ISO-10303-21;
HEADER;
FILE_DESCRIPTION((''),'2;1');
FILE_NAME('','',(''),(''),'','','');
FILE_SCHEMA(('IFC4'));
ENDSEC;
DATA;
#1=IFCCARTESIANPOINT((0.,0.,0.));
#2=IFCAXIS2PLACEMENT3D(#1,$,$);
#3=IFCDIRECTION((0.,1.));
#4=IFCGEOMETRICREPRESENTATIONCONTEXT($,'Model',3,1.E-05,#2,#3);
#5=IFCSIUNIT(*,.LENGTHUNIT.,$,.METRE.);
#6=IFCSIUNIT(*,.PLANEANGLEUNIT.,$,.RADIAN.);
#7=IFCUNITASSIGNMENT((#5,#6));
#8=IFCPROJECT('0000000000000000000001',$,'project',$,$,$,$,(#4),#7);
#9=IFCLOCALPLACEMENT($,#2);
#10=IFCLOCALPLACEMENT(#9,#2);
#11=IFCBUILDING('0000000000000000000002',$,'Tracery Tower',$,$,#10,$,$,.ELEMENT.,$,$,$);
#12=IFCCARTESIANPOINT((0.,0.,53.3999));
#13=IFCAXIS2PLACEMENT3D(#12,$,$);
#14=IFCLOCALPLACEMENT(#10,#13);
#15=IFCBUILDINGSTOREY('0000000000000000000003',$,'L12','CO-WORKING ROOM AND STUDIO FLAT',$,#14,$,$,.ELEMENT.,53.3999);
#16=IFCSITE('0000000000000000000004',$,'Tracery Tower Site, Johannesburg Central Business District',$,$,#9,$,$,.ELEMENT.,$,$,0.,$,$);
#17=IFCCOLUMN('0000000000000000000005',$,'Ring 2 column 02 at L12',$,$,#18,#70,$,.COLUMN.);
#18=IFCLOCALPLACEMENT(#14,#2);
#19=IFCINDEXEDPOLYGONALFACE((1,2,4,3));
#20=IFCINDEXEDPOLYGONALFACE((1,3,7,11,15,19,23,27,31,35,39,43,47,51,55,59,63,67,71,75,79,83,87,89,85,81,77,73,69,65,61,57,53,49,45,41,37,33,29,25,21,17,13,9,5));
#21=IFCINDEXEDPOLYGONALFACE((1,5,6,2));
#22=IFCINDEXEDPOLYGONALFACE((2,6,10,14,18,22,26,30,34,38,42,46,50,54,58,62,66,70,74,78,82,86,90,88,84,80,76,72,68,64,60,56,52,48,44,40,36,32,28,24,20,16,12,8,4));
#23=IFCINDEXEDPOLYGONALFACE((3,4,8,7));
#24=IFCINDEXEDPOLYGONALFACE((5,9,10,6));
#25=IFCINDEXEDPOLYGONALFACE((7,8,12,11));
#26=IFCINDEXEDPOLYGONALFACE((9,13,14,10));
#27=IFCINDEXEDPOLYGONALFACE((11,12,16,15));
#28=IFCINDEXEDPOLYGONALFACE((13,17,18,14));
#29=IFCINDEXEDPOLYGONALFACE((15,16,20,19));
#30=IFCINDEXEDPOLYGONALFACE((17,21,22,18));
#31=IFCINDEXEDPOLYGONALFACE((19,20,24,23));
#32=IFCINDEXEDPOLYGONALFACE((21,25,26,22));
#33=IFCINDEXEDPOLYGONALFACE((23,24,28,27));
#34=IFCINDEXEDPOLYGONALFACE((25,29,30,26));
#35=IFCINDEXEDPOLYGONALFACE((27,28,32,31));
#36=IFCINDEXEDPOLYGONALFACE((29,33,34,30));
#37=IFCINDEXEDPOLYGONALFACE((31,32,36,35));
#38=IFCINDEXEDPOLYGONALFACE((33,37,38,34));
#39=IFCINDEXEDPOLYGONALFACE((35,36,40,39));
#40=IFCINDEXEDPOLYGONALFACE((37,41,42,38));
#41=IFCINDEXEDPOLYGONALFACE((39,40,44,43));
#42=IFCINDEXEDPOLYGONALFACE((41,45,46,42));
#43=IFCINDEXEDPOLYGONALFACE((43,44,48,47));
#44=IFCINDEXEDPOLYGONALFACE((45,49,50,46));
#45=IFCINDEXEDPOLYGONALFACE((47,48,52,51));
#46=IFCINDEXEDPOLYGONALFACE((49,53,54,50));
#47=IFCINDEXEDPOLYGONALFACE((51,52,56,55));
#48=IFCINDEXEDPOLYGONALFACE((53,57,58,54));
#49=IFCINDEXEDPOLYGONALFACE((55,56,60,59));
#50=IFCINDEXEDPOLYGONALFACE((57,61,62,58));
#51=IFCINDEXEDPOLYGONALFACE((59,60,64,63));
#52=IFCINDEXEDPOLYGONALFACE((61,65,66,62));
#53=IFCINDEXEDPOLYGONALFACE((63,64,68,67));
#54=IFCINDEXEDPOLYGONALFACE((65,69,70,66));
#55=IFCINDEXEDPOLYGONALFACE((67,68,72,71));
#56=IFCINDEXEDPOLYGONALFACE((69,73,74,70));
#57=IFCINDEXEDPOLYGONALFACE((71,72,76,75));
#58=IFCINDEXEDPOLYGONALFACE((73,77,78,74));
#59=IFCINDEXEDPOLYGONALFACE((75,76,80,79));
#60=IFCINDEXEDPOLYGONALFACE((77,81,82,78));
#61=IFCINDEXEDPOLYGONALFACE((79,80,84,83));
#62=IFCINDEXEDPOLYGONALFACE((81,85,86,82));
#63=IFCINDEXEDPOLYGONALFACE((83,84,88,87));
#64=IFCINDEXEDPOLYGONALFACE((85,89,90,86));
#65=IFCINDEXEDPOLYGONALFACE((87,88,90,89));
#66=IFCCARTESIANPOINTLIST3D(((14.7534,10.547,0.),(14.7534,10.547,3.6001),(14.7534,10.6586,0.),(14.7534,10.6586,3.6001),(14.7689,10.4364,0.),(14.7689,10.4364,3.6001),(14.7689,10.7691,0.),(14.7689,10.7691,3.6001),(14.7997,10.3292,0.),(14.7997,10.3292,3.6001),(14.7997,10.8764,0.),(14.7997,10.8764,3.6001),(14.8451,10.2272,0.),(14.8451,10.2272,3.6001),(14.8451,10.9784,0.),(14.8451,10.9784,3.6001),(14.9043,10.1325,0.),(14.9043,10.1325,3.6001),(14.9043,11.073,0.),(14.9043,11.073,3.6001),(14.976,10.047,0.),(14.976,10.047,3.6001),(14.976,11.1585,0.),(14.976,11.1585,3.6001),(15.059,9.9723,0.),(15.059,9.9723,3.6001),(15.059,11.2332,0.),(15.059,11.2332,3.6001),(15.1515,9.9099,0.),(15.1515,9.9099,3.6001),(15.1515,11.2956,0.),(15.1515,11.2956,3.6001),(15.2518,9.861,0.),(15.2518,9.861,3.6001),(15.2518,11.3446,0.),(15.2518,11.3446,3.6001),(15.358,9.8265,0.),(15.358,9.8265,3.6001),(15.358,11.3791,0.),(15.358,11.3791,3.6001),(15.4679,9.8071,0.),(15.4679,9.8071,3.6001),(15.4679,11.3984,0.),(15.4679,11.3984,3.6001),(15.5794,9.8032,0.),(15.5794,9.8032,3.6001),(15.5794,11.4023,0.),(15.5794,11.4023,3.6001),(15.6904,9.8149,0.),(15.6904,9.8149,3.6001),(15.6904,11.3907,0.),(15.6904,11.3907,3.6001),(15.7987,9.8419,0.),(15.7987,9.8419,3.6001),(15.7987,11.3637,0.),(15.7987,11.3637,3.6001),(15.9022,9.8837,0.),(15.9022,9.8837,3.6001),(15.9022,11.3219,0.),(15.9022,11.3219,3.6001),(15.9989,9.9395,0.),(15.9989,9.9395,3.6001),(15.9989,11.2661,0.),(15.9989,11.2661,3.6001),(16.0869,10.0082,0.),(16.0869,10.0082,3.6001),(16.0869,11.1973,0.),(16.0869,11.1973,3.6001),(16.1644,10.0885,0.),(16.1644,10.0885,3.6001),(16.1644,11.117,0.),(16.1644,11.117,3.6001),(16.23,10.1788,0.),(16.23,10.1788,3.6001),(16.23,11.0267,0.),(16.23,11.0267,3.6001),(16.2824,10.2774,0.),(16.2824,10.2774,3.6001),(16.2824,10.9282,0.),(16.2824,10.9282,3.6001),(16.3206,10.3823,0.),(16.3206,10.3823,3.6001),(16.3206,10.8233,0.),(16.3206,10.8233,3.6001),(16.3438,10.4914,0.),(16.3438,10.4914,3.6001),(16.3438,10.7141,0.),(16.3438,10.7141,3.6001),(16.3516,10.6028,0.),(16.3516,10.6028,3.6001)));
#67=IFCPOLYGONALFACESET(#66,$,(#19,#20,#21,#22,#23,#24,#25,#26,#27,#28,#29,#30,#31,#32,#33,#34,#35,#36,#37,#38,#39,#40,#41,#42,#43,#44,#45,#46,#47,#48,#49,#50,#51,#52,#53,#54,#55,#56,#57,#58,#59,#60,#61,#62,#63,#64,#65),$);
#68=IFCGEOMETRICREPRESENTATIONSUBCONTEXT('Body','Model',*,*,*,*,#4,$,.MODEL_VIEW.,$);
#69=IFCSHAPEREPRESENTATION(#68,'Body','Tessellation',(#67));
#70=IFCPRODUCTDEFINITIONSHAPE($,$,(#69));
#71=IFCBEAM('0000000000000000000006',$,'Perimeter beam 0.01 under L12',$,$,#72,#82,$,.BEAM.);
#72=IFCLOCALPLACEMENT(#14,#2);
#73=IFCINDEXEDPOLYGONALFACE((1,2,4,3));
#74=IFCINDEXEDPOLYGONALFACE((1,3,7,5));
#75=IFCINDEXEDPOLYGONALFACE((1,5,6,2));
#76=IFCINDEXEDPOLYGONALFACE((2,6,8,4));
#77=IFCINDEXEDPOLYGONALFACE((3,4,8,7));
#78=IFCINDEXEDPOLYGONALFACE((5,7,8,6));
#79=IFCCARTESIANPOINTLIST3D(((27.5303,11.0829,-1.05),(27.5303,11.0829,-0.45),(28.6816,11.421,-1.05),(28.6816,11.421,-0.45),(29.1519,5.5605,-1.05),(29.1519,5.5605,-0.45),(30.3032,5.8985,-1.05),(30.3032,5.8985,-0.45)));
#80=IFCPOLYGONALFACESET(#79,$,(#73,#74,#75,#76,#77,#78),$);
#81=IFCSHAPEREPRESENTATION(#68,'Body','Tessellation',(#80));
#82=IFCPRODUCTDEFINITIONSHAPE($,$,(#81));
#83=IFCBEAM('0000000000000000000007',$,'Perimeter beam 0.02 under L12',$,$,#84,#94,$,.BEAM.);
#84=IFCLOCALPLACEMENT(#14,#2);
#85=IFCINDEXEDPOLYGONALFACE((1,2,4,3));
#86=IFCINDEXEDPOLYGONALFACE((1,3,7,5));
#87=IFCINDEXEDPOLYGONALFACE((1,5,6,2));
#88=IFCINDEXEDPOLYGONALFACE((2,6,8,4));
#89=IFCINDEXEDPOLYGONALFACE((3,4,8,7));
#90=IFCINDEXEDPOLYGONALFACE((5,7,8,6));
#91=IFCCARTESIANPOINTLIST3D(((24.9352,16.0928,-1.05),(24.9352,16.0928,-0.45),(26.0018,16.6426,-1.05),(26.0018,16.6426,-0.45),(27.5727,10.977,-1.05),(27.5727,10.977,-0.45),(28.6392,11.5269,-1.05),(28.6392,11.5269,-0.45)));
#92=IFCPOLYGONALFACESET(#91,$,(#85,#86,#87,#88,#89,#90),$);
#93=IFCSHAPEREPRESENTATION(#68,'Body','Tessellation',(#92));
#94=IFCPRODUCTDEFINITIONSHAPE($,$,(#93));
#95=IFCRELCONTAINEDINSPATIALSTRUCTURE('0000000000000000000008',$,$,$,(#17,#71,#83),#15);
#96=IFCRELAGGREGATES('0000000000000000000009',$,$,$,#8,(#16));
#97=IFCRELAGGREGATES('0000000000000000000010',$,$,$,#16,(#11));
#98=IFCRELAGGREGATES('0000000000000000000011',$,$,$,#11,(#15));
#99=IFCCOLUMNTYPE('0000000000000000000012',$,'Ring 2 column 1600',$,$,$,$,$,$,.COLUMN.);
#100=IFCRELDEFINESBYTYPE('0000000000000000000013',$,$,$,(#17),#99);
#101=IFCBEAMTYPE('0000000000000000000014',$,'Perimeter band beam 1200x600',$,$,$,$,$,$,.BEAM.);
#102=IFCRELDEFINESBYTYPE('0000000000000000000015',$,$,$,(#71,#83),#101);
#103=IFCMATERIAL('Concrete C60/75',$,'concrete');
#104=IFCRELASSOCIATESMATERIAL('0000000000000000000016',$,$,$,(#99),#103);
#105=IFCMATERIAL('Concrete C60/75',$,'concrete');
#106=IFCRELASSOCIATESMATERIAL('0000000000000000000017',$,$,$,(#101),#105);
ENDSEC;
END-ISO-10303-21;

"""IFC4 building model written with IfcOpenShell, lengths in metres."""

from ifc_helpers import new_model, si_unit, direction, frame, origin, origin_2d, place, context, subcontext, project, spatial, rectangle, circle, extrude, material, material_profile, profile_set, type_object, element, save


model = new_model("IFC4")

# Units and contexts
model_context = context("Model", 3, precision=1e-05, world=origin(), true_north=direction((0.0, 1.0)))
body_context = subcontext(model_context, "Body", "Model", "MODEL_VIEW")
ifc_project = project(units=[si_unit("LENGTHUNIT", "METRE"), si_unit("PLANEANGLEUNIT", "RADIAN")], contexts=[model_context])

# Site, building, storey
site_placement = place(None, origin())
site = spatial("IfcSite", under=ifc_project, at=site_placement, Name="Tracery Tower Site, Johannesburg Central Business District", CompositionType="ELEMENT", RefElevation=0.0)
building_placement = place(site_placement, origin())
building = spatial("IfcBuilding", under=site, at=building_placement, Name="Tracery Tower", CompositionType="ELEMENT")
storey_placement = place(building_placement, frame((0.0, 0.0, 53.3999)))
storey = spatial("IfcBuildingStorey", under=building, at=storey_placement, Name="L12", Description="CO-WORKING ROOM AND STUDIO FLAT", CompositionType="ELEMENT", Elevation=53.3999)

# Column
ifc_material_1 = material(Name="Concrete C60/75", Category="concrete")
ifc_material_profile_1 = material_profile(ifc_material_1, circle(Radius=0.8, at=origin_2d()), Name="RC D1600")
ifc_profile_set_1 = profile_set([ifc_material_profile_1], Name="Concrete C60/75")
column_type_1 = type_object("IfcColumnType", Name="Ring 2 column 1600", PredefinedType="COLUMN", material=ifc_profile_set_1)
for number, where, z_axis, x_axis, name in (
    (1, (15.5515, 10.6028, 0.0), (0.0, 0.0, 1.0), (1.0, 0.0, 0.0), "Ring 2 column 02 at L12"),
):
    element("IfcColumn", number, at=place(storey_placement, frame(where, z_axis=z_axis, x_axis=x_axis)), inside=storey, type_object=column_type_1, Name=name, PredefinedType="COLUMN", context=body_context, shape_type="SweptSolid", body=[
        extrude(circle(Radius=0.8, at=origin_2d()), origin(), (0.0, 0.0, 1.0), 3.6001),
    ])

# Beams
ifc_material_2 = material(Name="Concrete C60/75", Category="concrete")
ifc_material_profile_2 = material_profile(ifc_material_2, rectangle(XDim=1.2, YDim=0.6001, at=origin_2d()), Name="RC 1200x600")
ifc_profile_set_2 = profile_set([ifc_material_profile_2], Name="Concrete C60/75")
beam_type = type_object("IfcBeamType", Name="Perimeter band beam 1200x600", PredefinedType="BEAM", material=ifc_profile_set_2)
for number, where, z_axis, x_axis, name in (
    (2, (29.7275, 5.7295, -0.75), (-0.281739, 0.959491, 0.0), (-0.959491, -0.281739, 0.0), "Perimeter beam 0.01 under L12"),
    (3, (28.106, 11.252, -0.75), (-0.458242, 0.888827, 0.0), (-0.888827, -0.458242, 0.0), "Perimeter beam 0.02 under L12"),
):
    element("IfcBeam", number, at=place(storey_placement, frame(where, z_axis=z_axis, x_axis=x_axis)), inside=storey, type_object=beam_type, Name=name, PredefinedType="BEAM", context=body_context, shape_type="SweptSolid", body=[
        extrude(rectangle(XDim=1.2, YDim=0.6001, at=origin_2d()), origin(), (0.0, 0.0, 1.0), 5.7556),
    ])

save(model, "model.ifc")
